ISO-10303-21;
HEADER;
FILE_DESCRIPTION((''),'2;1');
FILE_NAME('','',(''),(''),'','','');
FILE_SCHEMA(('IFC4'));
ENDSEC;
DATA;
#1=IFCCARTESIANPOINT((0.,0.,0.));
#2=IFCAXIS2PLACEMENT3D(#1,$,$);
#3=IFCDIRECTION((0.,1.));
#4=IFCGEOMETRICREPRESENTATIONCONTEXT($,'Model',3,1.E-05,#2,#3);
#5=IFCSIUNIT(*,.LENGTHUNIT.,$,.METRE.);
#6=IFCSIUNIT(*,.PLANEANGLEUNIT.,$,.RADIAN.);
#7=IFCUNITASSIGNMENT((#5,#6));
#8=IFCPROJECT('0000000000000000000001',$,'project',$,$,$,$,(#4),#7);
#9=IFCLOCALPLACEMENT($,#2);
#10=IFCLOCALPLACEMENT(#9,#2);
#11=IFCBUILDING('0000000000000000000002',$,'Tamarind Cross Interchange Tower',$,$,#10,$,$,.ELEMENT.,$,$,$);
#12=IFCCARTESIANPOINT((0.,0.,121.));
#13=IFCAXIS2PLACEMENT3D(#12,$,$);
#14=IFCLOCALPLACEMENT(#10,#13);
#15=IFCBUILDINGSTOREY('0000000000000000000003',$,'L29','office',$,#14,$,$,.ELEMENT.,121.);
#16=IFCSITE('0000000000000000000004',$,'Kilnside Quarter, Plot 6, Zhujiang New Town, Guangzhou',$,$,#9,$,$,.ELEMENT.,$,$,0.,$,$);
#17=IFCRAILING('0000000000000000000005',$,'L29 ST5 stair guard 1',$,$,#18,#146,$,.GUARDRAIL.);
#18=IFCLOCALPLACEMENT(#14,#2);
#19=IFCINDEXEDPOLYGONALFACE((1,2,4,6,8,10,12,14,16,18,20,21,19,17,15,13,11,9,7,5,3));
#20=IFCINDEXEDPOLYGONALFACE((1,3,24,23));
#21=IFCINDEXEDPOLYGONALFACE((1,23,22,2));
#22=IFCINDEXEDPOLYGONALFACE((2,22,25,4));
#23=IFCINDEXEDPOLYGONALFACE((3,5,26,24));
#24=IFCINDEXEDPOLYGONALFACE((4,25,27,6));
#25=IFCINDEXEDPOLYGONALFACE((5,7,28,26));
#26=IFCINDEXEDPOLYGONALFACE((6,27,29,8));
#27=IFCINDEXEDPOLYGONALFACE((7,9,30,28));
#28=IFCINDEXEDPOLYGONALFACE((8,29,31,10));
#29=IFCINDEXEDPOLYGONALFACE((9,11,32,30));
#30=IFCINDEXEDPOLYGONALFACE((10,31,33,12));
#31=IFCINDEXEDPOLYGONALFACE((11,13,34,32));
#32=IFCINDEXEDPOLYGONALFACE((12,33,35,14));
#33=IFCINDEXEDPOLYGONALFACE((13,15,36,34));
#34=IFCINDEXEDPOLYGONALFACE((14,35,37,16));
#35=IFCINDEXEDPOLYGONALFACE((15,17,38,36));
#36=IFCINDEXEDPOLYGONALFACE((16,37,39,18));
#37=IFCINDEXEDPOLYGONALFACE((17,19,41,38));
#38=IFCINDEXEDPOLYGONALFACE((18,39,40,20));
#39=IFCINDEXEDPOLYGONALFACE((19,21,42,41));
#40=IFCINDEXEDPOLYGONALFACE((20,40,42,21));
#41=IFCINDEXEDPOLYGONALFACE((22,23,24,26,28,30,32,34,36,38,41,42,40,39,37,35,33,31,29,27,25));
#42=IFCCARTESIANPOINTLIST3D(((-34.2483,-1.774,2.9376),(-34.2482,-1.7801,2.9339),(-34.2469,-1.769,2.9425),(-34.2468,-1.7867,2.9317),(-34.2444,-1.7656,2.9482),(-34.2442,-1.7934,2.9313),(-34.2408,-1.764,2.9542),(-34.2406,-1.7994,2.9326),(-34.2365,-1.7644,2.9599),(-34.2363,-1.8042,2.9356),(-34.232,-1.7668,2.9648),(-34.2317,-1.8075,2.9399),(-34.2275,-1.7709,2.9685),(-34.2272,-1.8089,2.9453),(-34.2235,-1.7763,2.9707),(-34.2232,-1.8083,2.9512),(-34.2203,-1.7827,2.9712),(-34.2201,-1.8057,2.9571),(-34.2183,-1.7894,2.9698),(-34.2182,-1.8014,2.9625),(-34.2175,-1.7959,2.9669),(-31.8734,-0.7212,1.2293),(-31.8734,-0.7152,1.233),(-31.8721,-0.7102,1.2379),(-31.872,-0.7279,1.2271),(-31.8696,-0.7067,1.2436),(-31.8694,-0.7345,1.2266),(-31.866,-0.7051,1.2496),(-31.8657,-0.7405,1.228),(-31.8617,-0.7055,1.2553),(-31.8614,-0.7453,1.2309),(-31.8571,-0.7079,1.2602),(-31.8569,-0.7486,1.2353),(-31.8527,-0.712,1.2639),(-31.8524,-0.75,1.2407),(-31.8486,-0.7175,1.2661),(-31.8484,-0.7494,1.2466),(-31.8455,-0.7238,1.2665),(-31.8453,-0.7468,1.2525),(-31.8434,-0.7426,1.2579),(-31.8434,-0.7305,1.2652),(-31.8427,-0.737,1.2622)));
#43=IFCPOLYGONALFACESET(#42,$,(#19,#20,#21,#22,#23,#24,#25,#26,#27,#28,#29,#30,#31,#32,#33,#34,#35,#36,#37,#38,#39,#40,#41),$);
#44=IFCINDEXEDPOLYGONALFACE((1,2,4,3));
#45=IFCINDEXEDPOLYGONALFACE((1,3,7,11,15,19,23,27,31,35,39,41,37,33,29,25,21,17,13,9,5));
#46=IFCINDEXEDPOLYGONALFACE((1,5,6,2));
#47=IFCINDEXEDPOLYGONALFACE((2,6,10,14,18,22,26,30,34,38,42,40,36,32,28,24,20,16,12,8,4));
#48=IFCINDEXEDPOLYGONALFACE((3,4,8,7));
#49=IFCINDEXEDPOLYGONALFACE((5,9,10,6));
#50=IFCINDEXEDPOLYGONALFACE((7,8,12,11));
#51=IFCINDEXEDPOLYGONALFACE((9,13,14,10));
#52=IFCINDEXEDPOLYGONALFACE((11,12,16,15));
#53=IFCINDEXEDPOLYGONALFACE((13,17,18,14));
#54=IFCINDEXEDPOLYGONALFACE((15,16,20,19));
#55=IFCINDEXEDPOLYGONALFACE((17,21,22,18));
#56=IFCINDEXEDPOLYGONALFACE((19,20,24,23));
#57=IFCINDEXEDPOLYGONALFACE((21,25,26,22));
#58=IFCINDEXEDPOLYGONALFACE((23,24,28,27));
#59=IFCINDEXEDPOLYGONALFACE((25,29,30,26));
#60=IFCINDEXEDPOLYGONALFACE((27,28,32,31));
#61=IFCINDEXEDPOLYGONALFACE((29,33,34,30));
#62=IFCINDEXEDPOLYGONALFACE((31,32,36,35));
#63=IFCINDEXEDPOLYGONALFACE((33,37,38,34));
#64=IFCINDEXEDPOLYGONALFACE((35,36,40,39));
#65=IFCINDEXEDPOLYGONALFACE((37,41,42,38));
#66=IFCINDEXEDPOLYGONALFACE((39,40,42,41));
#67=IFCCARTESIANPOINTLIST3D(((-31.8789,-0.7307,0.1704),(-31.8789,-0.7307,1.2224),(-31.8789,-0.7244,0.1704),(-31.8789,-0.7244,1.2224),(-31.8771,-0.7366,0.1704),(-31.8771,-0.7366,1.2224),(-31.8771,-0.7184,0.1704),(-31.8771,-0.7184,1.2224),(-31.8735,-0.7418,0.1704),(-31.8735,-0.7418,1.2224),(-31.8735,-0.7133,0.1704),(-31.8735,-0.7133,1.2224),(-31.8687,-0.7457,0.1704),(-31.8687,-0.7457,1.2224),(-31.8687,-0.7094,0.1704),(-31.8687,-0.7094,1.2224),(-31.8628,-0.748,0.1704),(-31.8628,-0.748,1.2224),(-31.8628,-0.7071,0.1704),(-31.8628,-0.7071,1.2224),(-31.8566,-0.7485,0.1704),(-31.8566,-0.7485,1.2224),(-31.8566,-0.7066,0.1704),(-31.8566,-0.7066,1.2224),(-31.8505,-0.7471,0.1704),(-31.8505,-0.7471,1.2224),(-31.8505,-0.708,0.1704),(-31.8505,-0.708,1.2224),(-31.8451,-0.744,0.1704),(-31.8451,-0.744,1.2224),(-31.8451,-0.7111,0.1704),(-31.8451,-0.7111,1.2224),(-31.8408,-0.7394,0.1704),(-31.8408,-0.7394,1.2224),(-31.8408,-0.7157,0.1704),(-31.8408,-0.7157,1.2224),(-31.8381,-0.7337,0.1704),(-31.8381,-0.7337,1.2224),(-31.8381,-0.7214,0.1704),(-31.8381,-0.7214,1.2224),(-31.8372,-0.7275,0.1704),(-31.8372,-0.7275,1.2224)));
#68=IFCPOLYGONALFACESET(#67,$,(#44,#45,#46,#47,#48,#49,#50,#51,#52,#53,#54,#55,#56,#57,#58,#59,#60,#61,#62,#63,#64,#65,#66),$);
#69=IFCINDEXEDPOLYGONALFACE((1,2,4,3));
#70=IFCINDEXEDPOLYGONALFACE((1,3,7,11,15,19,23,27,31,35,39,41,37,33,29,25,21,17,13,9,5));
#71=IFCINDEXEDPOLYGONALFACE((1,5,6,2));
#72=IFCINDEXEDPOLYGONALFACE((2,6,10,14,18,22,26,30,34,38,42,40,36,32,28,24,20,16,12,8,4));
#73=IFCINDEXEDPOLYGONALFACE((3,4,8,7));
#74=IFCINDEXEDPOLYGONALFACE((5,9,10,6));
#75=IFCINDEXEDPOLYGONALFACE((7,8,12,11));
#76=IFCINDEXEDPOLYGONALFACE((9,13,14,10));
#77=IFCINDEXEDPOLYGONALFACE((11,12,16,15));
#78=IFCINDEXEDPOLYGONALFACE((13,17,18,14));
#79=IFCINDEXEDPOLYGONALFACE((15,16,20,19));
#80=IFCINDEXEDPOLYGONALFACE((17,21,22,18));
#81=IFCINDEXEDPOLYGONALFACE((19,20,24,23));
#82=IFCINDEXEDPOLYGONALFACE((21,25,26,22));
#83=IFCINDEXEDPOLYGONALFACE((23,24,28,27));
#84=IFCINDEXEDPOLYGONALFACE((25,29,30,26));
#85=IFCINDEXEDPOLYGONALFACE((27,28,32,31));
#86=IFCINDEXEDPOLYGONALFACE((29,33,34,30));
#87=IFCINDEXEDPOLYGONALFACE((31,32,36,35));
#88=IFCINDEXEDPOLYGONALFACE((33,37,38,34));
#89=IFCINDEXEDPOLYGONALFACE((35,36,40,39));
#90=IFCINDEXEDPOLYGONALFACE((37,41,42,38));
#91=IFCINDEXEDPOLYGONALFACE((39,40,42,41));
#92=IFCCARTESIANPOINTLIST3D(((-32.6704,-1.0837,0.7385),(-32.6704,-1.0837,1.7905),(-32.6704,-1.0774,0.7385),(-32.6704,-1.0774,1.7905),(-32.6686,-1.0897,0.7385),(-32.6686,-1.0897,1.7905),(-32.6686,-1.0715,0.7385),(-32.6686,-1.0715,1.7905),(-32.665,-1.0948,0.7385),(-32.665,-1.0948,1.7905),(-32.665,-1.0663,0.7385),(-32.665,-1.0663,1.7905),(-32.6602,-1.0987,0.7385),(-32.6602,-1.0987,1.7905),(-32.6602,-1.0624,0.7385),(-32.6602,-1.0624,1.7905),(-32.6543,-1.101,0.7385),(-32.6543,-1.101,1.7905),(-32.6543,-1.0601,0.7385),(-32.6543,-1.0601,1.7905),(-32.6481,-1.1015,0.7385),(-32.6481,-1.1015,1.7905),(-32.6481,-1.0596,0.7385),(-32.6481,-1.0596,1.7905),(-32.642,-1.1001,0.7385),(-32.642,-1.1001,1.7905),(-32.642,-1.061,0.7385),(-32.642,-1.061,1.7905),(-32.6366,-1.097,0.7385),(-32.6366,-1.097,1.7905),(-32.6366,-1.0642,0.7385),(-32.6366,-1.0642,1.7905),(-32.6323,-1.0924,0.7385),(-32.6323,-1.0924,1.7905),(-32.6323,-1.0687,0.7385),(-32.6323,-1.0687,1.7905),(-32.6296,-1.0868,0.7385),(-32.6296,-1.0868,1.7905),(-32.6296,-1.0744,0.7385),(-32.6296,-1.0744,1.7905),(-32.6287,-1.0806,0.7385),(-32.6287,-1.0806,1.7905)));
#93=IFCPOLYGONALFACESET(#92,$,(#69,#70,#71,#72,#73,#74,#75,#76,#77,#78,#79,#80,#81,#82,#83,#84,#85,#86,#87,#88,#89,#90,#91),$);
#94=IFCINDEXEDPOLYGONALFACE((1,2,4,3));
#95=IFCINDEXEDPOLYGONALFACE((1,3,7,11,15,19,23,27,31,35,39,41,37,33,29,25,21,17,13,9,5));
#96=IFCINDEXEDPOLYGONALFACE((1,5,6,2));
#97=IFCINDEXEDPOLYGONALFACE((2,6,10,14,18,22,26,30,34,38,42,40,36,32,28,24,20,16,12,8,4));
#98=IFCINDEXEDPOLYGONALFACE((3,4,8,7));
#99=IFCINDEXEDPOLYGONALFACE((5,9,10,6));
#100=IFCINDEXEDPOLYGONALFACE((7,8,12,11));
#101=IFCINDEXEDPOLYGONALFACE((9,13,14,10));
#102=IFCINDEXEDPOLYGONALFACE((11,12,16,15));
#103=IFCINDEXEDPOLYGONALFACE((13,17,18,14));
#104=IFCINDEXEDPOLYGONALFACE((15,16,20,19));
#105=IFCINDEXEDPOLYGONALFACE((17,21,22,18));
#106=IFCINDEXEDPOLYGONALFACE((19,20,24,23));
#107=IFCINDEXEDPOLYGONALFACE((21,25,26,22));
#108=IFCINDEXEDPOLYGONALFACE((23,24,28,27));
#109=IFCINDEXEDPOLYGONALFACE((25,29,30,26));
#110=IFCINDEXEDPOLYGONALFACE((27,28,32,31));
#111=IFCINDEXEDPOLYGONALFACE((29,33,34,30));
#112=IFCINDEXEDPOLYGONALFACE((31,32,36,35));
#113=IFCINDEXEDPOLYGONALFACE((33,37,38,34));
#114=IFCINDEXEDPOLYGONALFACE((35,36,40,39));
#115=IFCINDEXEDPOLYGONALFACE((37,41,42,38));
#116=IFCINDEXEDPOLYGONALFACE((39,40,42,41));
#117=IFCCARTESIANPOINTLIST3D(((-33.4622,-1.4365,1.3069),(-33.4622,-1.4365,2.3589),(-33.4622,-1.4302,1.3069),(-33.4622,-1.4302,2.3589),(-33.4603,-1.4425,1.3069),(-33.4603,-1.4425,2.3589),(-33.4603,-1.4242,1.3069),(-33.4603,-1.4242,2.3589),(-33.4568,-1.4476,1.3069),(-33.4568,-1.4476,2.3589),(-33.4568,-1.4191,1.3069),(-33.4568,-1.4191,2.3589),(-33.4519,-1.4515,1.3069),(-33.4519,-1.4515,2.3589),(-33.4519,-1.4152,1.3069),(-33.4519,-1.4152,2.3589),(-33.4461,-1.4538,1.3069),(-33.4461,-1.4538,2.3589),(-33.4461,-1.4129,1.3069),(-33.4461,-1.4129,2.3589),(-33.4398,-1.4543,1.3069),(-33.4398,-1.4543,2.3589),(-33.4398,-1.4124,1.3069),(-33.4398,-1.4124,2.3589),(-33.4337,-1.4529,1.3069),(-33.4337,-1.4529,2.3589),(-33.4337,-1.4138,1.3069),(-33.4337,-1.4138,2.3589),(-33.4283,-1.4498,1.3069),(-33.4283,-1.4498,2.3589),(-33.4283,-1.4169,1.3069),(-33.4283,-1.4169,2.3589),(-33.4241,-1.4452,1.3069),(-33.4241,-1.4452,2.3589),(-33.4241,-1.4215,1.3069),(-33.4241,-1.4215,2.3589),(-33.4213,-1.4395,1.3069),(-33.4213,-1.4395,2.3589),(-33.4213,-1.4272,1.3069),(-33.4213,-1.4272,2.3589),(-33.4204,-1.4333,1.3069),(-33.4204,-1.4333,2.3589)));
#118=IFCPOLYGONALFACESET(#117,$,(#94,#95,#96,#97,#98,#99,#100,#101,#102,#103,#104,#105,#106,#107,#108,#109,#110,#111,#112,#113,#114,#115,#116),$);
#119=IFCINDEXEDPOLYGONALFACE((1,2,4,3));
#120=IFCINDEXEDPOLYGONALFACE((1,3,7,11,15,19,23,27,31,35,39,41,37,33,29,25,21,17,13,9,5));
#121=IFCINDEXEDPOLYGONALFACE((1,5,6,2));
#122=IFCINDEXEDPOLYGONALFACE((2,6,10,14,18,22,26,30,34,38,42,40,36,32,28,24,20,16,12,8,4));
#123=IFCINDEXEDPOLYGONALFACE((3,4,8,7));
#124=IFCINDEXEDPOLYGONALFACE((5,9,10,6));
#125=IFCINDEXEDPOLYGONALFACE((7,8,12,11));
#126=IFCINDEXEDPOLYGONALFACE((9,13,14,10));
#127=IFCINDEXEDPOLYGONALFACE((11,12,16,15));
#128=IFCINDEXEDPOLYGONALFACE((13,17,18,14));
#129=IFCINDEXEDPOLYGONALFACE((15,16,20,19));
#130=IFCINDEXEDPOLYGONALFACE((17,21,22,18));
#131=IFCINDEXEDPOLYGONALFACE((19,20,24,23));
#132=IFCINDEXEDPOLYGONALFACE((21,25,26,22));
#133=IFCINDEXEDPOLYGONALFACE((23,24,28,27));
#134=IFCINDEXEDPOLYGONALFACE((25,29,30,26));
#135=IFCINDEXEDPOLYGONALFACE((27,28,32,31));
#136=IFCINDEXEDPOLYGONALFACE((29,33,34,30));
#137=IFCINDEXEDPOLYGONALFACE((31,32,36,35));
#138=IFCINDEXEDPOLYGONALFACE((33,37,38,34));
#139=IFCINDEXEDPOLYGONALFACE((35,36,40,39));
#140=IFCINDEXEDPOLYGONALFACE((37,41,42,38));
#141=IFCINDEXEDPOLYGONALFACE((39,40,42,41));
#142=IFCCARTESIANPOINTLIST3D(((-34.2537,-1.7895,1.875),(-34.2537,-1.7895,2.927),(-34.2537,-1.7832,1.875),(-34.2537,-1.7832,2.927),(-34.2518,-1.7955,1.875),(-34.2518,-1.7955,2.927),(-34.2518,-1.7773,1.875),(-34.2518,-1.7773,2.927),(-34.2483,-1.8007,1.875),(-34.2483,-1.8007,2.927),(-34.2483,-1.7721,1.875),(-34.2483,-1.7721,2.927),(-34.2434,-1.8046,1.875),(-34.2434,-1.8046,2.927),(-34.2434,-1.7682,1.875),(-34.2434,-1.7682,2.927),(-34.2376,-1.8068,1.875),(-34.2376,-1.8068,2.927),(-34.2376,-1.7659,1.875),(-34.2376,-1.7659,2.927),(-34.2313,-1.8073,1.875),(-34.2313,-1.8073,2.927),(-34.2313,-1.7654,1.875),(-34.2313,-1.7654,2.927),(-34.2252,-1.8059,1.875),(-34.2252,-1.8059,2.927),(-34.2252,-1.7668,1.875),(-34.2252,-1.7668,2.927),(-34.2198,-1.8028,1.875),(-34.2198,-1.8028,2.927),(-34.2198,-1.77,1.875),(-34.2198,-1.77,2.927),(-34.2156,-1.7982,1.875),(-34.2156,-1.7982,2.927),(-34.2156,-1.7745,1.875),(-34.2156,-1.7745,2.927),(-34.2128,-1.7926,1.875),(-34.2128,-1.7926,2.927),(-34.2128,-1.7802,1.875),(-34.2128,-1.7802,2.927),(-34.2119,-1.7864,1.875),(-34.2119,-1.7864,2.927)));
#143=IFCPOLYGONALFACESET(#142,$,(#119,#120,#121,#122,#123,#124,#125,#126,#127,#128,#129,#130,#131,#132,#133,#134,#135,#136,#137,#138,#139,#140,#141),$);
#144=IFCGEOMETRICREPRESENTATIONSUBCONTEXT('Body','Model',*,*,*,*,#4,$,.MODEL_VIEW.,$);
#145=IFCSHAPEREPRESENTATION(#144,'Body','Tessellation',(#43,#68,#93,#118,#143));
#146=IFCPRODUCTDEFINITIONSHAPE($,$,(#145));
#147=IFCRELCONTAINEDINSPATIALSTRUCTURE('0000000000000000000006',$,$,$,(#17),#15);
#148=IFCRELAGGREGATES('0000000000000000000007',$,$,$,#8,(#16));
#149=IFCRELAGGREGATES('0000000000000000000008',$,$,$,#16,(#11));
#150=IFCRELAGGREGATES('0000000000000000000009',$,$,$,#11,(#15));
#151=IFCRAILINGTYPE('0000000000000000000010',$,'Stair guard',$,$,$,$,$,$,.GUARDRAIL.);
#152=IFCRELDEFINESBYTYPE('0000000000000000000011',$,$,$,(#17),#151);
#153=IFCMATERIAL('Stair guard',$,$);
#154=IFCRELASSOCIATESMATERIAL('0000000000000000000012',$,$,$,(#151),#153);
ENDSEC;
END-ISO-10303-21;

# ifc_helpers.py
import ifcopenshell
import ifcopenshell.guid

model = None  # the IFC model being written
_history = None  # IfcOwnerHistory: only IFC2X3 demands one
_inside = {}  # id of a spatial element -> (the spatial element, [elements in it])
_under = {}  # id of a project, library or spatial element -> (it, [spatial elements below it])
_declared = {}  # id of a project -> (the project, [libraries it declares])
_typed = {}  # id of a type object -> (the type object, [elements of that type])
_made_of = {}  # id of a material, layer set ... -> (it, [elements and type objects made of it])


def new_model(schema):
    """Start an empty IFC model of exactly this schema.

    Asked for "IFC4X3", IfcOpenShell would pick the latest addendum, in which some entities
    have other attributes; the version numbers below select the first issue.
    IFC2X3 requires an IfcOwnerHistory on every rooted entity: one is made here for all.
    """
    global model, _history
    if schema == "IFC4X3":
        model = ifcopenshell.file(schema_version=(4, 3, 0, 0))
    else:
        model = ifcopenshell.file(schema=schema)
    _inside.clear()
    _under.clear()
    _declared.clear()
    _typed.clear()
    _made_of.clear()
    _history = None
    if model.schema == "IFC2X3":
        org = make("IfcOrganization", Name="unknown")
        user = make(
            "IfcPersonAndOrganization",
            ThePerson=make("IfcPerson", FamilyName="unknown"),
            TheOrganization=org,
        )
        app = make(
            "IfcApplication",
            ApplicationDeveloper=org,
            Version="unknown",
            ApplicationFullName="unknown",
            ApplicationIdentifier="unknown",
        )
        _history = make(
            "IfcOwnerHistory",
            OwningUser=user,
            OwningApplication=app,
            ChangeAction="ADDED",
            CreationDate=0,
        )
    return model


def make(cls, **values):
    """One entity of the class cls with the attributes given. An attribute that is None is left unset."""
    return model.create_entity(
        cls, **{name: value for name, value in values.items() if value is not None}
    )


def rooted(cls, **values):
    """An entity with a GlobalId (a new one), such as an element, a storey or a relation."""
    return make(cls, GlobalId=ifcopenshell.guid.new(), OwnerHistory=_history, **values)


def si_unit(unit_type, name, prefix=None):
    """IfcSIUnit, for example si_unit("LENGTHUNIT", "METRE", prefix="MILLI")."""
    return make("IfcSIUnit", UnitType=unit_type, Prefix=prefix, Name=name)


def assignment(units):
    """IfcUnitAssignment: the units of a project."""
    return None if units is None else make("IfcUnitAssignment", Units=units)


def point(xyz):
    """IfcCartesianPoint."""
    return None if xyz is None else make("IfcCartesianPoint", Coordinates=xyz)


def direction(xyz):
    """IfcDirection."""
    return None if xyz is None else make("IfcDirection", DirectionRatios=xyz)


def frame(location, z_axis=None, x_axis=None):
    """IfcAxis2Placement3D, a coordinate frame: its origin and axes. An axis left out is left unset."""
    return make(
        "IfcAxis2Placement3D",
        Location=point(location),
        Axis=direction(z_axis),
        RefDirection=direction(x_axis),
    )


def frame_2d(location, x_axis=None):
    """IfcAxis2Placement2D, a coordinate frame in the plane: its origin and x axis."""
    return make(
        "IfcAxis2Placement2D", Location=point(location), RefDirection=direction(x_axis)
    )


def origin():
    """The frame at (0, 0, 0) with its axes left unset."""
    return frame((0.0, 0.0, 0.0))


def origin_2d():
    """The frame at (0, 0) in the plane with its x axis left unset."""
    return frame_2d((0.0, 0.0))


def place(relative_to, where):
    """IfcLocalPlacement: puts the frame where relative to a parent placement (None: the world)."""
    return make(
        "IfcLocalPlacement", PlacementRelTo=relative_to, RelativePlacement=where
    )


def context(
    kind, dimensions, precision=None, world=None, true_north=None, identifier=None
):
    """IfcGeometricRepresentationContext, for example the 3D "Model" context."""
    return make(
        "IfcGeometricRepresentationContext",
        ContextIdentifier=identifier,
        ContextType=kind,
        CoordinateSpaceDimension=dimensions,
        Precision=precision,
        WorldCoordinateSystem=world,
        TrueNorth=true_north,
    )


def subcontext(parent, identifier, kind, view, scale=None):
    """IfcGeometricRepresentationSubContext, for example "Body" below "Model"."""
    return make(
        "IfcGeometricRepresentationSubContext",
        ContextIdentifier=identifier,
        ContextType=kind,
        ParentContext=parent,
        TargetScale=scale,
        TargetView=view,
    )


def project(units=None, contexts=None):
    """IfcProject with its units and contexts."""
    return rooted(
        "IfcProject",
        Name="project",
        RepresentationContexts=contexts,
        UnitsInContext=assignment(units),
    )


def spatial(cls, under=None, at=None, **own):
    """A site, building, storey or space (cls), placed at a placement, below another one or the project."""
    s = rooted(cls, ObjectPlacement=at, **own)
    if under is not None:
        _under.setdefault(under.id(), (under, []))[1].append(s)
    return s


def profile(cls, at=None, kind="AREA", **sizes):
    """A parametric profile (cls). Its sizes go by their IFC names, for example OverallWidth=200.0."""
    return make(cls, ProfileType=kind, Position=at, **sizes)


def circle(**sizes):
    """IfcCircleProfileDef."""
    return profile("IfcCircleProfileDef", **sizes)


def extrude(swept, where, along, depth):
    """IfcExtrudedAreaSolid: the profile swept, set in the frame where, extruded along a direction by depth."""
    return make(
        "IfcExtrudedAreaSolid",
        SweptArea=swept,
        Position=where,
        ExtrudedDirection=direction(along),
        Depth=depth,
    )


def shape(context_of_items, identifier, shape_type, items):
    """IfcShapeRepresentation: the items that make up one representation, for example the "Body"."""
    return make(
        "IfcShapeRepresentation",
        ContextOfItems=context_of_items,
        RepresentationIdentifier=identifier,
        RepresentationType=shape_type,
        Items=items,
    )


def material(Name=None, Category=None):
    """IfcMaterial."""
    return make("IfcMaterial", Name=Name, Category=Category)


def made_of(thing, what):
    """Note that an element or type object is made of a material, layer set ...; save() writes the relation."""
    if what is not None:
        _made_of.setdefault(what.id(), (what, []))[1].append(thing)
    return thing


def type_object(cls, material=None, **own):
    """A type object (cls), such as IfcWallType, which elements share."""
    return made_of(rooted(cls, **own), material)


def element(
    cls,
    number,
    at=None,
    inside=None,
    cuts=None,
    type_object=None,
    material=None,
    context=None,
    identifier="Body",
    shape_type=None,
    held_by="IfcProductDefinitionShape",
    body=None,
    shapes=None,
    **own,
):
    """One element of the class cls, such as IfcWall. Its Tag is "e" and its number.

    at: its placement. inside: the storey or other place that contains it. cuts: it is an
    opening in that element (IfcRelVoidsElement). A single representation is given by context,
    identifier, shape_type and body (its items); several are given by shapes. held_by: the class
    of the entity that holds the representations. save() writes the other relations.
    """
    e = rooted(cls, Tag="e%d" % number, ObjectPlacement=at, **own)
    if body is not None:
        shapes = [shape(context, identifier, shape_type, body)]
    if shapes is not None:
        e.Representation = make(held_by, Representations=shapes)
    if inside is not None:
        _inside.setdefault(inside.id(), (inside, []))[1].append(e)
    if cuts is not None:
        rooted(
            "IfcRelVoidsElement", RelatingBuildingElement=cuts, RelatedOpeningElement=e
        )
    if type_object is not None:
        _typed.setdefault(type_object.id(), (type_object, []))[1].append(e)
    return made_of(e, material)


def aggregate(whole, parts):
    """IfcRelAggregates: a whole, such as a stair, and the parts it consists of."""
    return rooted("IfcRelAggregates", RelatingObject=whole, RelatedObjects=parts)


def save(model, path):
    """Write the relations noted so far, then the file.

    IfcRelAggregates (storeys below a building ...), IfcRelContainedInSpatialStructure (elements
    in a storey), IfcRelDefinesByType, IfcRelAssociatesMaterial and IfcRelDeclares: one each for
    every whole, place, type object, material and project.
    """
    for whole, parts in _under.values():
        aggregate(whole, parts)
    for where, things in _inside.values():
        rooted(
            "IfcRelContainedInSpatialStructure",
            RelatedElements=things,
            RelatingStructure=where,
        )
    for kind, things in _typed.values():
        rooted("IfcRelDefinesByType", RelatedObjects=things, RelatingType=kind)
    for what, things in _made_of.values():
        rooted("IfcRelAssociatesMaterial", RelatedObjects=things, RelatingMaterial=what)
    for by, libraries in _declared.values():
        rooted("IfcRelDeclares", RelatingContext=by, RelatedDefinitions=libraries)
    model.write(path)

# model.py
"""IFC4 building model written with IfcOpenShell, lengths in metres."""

from ifc_helpers import new_model, si_unit, direction, frame, origin, origin_2d, place, context, subcontext, project, spatial, circle, extrude, material, type_object, element, save


model = new_model("IFC4")

# Units and contexts
model_context = context("Model", 3, precision=1e-05, world=origin(), true_north=direction((0.0, 1.0)))
body_context = subcontext(model_context, "Body", "Model", "MODEL_VIEW")
ifc_project = project(units=[si_unit("LENGTHUNIT", "METRE"), si_unit("PLANEANGLEUNIT", "RADIAN")], contexts=[model_context])

# Site, building, storey
site_placement = place(None, origin())
site = spatial("IfcSite", under=ifc_project, at=site_placement, Name="Kilnside Quarter, Plot 6, Zhujiang New Town, Guangzhou", CompositionType="ELEMENT", RefElevation=0.0)
building_placement = place(site_placement, origin())
building = spatial("IfcBuilding", under=site, at=building_placement, Name="Tamarind Cross Interchange Tower", CompositionType="ELEMENT")
storey_placement = place(building_placement, frame((0.0, 0.0, 121.0)))
storey = spatial("IfcBuildingStorey", under=building, at=storey_placement, Name="L29", Description="office", CompositionType="ELEMENT", Elevation=121.0)

# Railing
ifc_material_1 = material(Name="Stair guard")
railing_type = type_object("IfcRailingType", Name="Stair guard", PredefinedType="GUARDRAIL", material=ifc_material_1)
railing_1_placement = place(storey_placement, frame((-31.8582, -0.7275, 0.1704)))
element("IfcRailing", 1, at=railing_1_placement, inside=storey, type_object=railing_type, Name="L29 ST5 stair guard 1", PredefinedType="GUARDRAIL", context=body_context, shape_type="SweptSolid", body=[
    extrude(circle(Radius=0.0239, at=origin_2d()), frame((0.0, 0.0, 1.0762), z_axis=(-0.763819, -0.340566, 0.548266), x_axis=(0.407227, -0.913327, 0.0)), (0.0, 0.0, 1.0), 3.1091),
    extrude(circle(Radius=0.021, at=origin_2d()), origin(), (0.0, 0.0, 1.0), 1.052),
    extrude(circle(Radius=0.021, at=origin_2d()), frame((-0.7915, -0.353, 0.5681)), (0.0, 0.0, 1.0), 1.052),
    extrude(circle(Radius=0.021, at=origin_2d()), frame((-1.5833, -0.7058, 1.1365)), (0.0, 0.0, 1.0), 1.052),
    extrude(circle(Radius=0.021, at=origin_2d()), frame((-2.3748, -1.0588, 1.7046)), (0.0, 0.0, 1.0), 1.052),
])

save(model, "model.ifc")
